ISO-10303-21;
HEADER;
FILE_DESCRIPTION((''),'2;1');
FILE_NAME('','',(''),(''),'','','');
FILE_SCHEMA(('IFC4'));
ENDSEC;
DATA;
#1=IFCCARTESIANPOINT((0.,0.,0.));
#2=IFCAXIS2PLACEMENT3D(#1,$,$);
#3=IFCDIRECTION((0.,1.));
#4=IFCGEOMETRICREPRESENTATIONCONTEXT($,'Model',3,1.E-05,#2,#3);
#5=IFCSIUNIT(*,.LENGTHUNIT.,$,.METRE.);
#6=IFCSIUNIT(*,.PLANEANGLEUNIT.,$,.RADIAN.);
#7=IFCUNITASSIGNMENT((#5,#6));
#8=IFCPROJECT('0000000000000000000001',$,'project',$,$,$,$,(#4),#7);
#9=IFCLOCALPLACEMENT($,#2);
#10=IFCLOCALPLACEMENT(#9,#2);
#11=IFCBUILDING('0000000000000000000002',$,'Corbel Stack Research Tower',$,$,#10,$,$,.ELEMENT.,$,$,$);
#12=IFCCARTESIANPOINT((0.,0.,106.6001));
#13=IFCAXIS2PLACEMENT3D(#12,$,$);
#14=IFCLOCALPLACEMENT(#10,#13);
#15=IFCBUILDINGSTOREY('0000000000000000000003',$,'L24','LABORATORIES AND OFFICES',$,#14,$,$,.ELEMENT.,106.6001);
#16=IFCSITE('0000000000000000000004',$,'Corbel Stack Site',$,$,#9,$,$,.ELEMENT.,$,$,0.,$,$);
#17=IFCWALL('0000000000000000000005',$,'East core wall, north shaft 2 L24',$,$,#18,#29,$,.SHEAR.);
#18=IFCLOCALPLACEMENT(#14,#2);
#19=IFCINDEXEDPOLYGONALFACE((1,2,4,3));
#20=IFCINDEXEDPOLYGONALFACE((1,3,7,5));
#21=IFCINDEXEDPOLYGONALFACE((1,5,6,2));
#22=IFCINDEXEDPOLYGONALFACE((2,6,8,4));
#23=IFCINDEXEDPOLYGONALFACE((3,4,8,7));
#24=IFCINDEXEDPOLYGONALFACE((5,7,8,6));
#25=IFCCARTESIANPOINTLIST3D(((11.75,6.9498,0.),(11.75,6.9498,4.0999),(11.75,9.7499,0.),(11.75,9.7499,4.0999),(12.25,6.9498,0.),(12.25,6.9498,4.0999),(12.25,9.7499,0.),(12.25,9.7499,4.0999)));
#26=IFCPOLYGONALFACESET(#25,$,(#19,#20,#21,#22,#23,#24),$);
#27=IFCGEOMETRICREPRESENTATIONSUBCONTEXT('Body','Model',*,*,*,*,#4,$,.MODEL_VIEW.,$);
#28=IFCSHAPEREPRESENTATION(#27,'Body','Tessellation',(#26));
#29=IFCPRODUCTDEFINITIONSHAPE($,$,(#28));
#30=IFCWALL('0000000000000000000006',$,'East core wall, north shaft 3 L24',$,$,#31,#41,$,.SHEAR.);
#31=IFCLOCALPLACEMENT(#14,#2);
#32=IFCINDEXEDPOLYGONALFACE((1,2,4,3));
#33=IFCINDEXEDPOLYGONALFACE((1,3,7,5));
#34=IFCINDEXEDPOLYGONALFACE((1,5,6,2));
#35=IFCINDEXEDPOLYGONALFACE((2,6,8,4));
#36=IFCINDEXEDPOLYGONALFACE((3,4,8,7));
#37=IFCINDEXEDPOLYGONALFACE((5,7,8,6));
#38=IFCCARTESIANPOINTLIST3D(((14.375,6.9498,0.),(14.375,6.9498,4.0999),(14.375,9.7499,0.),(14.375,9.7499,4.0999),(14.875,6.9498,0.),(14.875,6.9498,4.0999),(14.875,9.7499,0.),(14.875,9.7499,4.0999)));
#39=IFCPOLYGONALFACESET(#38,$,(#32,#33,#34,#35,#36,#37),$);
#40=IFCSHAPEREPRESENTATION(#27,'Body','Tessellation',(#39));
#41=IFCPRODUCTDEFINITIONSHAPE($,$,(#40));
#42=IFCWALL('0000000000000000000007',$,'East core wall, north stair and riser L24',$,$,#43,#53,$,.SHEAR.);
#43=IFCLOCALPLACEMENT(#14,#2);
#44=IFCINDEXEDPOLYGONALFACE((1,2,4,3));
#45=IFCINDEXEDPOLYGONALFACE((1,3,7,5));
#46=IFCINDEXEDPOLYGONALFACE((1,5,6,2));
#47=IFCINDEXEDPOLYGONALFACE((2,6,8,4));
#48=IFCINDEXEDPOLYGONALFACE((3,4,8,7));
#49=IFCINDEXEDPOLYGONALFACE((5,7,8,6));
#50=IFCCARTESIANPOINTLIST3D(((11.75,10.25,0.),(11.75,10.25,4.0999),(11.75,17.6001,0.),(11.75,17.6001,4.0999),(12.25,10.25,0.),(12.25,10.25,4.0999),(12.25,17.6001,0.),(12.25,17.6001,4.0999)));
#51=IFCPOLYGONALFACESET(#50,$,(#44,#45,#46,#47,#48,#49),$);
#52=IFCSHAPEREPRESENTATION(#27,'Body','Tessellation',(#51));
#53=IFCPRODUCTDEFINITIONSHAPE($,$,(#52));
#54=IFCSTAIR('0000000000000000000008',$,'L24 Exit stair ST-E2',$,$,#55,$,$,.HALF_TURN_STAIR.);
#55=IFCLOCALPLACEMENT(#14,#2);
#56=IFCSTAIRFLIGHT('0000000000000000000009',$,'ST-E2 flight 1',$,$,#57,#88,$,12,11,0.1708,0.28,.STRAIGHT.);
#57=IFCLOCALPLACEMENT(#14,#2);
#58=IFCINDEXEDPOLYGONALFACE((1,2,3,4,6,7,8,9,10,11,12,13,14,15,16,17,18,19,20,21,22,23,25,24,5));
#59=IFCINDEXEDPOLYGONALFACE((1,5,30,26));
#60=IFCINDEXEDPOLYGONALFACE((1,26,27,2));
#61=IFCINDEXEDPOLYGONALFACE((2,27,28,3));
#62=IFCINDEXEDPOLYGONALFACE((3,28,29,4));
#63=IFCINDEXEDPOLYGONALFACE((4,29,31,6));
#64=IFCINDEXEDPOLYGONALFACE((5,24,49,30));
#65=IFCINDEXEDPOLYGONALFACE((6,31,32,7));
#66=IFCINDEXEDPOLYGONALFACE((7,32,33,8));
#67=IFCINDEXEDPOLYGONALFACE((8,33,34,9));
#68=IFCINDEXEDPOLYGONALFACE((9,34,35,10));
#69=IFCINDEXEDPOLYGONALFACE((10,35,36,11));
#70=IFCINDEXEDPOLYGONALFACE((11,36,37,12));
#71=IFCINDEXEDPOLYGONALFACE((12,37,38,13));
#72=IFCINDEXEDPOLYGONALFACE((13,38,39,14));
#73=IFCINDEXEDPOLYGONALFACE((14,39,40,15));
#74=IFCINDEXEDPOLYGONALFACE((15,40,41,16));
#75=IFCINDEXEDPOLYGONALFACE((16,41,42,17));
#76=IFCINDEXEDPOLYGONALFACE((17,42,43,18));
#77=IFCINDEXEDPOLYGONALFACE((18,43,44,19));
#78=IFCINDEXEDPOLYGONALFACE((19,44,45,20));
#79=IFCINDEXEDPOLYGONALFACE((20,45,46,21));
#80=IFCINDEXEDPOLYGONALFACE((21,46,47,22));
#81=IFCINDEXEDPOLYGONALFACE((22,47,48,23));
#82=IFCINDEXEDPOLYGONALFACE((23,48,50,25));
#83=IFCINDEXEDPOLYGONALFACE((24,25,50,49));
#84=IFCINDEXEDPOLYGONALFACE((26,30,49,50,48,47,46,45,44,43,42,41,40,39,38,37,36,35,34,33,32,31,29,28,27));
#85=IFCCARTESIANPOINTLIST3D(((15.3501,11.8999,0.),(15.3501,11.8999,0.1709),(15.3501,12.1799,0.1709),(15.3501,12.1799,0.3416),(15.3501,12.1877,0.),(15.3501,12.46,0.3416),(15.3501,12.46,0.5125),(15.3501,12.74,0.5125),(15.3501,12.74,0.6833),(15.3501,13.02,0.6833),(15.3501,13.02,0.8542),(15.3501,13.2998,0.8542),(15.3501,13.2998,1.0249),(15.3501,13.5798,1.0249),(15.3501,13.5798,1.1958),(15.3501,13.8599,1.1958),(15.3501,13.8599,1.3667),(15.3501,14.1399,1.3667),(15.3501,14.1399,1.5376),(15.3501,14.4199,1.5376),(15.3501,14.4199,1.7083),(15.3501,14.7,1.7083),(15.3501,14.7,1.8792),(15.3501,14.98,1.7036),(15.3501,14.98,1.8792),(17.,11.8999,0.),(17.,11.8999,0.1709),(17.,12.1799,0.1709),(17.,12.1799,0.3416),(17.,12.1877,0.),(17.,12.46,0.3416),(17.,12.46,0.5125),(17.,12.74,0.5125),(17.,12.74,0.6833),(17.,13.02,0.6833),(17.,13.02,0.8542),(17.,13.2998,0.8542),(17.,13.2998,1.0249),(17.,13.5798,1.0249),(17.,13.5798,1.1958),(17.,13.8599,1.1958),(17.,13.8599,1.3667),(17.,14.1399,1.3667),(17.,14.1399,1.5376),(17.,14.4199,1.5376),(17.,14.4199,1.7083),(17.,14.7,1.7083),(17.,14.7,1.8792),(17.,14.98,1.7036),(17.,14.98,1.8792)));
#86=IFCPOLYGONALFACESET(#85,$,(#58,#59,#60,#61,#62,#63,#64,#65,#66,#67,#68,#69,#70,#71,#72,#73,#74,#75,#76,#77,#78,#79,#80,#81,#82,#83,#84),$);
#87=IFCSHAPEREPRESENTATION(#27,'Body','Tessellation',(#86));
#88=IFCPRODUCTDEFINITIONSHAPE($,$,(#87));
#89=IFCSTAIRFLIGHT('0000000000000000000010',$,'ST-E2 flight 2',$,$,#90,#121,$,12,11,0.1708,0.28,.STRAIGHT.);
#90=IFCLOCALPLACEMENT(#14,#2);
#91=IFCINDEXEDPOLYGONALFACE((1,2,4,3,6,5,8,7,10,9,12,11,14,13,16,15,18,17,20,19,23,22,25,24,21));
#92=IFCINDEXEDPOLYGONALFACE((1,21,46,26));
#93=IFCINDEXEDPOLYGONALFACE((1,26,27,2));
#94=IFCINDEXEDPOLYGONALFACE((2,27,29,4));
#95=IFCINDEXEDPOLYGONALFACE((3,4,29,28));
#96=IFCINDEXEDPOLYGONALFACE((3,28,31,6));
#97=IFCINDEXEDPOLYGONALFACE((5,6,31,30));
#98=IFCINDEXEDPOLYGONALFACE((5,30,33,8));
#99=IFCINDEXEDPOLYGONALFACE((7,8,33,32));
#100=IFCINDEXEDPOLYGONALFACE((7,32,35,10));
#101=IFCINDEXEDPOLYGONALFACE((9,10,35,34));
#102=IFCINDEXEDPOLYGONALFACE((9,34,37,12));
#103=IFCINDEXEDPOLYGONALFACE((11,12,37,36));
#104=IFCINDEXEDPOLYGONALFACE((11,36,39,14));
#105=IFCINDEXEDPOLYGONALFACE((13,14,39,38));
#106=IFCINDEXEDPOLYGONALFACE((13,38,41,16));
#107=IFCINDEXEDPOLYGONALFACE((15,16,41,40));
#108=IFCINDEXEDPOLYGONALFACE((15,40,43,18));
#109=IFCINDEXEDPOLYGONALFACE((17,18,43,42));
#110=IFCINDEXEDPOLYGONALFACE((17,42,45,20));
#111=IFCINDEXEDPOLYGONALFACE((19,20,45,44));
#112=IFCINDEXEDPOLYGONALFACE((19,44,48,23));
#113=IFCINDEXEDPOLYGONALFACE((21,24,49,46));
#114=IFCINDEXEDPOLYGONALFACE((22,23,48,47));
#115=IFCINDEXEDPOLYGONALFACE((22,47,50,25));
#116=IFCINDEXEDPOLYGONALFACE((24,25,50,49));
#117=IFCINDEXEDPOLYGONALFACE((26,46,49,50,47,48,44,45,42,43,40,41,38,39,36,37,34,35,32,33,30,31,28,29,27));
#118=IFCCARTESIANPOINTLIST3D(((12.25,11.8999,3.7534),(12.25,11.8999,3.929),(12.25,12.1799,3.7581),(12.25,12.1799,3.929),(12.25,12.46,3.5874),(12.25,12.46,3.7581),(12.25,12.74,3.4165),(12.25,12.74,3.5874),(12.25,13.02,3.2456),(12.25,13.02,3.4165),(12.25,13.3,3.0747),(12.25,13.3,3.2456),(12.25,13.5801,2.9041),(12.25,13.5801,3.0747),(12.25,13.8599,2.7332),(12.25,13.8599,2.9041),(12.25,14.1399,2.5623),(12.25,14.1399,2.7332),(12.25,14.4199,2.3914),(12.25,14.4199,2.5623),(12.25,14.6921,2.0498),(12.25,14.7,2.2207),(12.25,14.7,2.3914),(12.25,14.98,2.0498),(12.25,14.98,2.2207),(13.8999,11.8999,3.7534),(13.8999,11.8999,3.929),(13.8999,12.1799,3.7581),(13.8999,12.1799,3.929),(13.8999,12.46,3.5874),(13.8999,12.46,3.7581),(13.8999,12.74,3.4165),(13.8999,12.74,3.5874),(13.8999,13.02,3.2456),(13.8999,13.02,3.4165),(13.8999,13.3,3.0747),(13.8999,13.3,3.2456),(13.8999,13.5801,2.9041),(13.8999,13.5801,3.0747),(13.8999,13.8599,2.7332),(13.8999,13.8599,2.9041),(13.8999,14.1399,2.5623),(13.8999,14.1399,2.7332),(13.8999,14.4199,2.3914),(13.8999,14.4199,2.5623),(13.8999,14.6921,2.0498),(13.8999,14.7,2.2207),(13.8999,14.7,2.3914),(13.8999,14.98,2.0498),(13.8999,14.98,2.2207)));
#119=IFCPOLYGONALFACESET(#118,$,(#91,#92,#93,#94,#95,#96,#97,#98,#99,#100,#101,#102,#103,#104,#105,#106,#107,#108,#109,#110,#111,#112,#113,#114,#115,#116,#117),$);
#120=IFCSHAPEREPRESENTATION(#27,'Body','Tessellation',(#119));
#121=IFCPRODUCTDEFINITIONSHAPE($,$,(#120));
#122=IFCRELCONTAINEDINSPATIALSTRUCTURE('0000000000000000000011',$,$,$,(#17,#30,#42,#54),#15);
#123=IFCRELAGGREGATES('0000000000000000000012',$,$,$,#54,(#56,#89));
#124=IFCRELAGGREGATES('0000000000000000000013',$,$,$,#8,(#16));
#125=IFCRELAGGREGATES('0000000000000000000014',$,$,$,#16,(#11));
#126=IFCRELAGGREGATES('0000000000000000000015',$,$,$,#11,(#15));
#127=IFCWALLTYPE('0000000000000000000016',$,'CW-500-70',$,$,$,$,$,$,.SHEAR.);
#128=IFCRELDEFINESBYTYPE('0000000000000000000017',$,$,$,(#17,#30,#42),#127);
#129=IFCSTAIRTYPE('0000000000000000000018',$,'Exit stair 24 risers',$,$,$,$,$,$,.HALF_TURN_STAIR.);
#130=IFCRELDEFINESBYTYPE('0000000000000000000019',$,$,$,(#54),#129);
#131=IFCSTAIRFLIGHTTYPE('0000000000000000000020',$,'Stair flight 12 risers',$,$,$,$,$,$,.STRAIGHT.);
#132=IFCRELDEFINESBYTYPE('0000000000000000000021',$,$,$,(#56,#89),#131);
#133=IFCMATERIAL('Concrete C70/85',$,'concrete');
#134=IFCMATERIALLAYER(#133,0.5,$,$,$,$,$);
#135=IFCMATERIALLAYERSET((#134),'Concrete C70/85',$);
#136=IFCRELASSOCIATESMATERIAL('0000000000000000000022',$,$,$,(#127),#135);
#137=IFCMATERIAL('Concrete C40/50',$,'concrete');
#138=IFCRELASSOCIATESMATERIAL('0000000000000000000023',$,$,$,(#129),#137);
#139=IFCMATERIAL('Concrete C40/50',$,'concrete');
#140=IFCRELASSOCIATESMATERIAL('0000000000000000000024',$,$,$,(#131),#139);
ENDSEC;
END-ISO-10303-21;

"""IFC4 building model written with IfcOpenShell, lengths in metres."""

from ifc_helpers import new_model, si_unit, direction, frame, frame_2d, origin, place, context, subcontext, project, spatial, polyline, rectangle, outline, extrude, material, layer, layer_set, type_object, element, aggregate, save


model = new_model("IFC4")

# Units and contexts
model_context = context("Model", 3, precision=1e-05, world=origin(), true_north=direction((0.0, 1.0)))
body_context = subcontext(model_context, "Body", "Model", "MODEL_VIEW")
ifc_project = project(units=[si_unit("LENGTHUNIT", "METRE"), si_unit("PLANEANGLEUNIT", "RADIAN")], contexts=[model_context])

# Site, building, storey
site_placement = place(None, origin())
site = spatial("IfcSite", under=ifc_project, at=site_placement, Name="Corbel Stack Site", CompositionType="ELEMENT", RefElevation=0.0)
building_placement = place(site_placement, origin())
building = spatial("IfcBuilding", under=site, at=building_placement, Name="Corbel Stack Research Tower", CompositionType="ELEMENT")
storey_placement = place(building_placement, frame((0.0, 0.0, 106.6001)))
storey = spatial("IfcBuildingStorey", under=building, at=storey_placement, Name="L24", Description="LABORATORIES AND OFFICES", CompositionType="ELEMENT", Elevation=106.6001)

# Walls
ifc_material_1 = material(Name="Concrete C70/85", Category="concrete")
ifc_layer = layer(ifc_material_1, 0.5)
ifc_layer_set = layer_set([ifc_layer], Name="Concrete C70/85")
wall_type = type_object("IfcWallType", Name="CW-500-70", PredefinedType="SHEAR", material=ifc_layer_set)
for number, where, z_axis, x_axis, name in (
    (1, (12.0, 6.95, 0.0), (0.0, 0.0, 1.0), (0.0, 1.0, 0.0), "East core wall, north shaft 2 L24"),
    (2, (14.625, 6.95, 0.0), (0.0, 0.0, 1.0), (0.0, 1.0, 0.0), "East core wall, north shaft 3 L24"),
):
    element("IfcWall", number, at=place(storey_placement, frame(where, z_axis=z_axis, x_axis=x_axis)), inside=storey, type_object=wall_type, Name=name, PredefinedType="SHEAR", context=body_context, shape_type="SweptSolid", body=[
        extrude(rectangle(XDim=2.8, YDim=0.5, at=frame_2d((1.3999, 0.0))), origin(), (0.0, 0.0, 1.0), 4.0999),
    ])
wall_placement = place(storey_placement, frame((12.0, 10.25, 0.0), z_axis=(0.0, 0.0, 1.0), x_axis=(0.0, 1.0, 0.0)))
element("IfcWall", 3, at=wall_placement, inside=storey, type_object=wall_type, Name="East core wall, north stair and riser L24", PredefinedType="SHEAR", context=body_context, shape_type="SweptSolid", body=[
    extrude(rectangle(XDim=7.3501, YDim=0.5, at=frame_2d((3.675, 0.0))), origin(), (0.0, 0.0, 1.0), 4.0999),
])

# Stair, stair flights
ifc_material_2 = material(Name="Concrete C40/50", Category="concrete")
stair_type = type_object("IfcStairType", Name="Exit stair 24 risers", PredefinedType="HALF_TURN_STAIR", material=ifc_material_2)
stair_placement = place(storey_placement, origin())
stair = element("IfcStair", 4, at=stair_placement, inside=storey, type_object=stair_type, Name="L24 Exit stair ST-E2", PredefinedType="HALF_TURN_STAIR")
ifc_material_3 = material(Name="Concrete C40/50", Category="concrete")
stair_flight_type = type_object("IfcStairFlightType", Name="Stair flight 12 risers", PredefinedType="STRAIGHT", material=ifc_material_3)
stair_flight_1_placement = place(storey_placement, frame((16.175, 11.8999, 0.0), z_axis=(0.0, 0.0, 1.0), x_axis=(0.0, 1.0, 0.0)))
stair_flight_1 = element("IfcStairFlight", 5, at=stair_flight_1_placement, type_object=stair_flight_type, Name="ST-E2 flight 1", NumberOfRisers=12, NumberOfTreads=11, PredefinedType="STRAIGHT", RiserHeight=0.1708, TreadLength=0.28, context=body_context, shape_type="SweptSolid", body=[
    extrude(outline(polyline([(0.0, 0.0), (0.0, 0.1709), (0.28, 0.1709), (0.28, 0.3416), (0.5601, 0.3416), (0.5601, 0.5125), (0.8401, 0.5125), (0.8401, 0.6833), (1.1201, 0.6833), (1.1201, 0.8542), (1.3999, 0.8542), (1.3999, 1.0249), (1.6799, 1.0249), (1.6799, 1.1958), (1.96, 1.1958), (1.96, 1.3667), (2.24, 1.3667), (2.24, 1.5376), (2.52, 1.5376), (2.52, 1.7083), (2.8, 1.7083), (2.8, 1.8792), (3.0801, 1.8792), (3.0801, 2.05), (3.0801, 1.7036), (0.2878, 0.0), (0.0, 0.0)])), frame((0.0, 0.825, 0.0), z_axis=(0.0, -1.0, 0.0), x_axis=(1.0, 0.0, 0.0)), (0.0, 0.0, 1.0), 1.6499),
])
stair_flight_2_placement = place(storey_placement, frame((13.075, 14.98, 2.0498), z_axis=(0.0, 0.0, 1.0), x_axis=(0.0, -1.0, 0.0)))
stair_flight_2 = element("IfcStairFlight", 6, at=stair_flight_2_placement, type_object=stair_flight_type, Name="ST-E2 flight 2", NumberOfRisers=12, NumberOfTreads=11, PredefinedType="STRAIGHT", RiserHeight=0.1708, TreadLength=0.28, context=body_context, shape_type="SweptSolid", body=[
    extrude(outline(polyline([(0.0, 0.0), (0.0, 0.1709), (0.28, 0.1709), (0.28, 0.3416), (0.5601, 0.3416), (0.5601, 0.5125), (0.8401, 0.5125), (0.8401, 0.6833), (1.1201, 0.6833), (1.1201, 0.8542), (1.3999, 0.8542), (1.3999, 1.0249), (1.6799, 1.0249), (1.6799, 1.1958), (1.96, 1.1958), (1.96, 1.3667), (2.24, 1.3667), (2.24, 1.5376), (2.52, 1.5376), (2.52, 1.7083), (2.8, 1.7083), (2.8, 1.8792), (3.0801, 1.8792), (3.0801, 2.05), (3.0801, 1.7036), (0.2878, 0.0), (0.0, 0.0)])), frame((0.0, 0.825, 0.0), z_axis=(0.0, -1.0, 0.0), x_axis=(1.0, 0.0, 0.0)), (0.0, 0.0, 1.0), 1.6499),
])
aggregate(stair, [stair_flight_1, stair_flight_2])

save(model, "model.ifc")
